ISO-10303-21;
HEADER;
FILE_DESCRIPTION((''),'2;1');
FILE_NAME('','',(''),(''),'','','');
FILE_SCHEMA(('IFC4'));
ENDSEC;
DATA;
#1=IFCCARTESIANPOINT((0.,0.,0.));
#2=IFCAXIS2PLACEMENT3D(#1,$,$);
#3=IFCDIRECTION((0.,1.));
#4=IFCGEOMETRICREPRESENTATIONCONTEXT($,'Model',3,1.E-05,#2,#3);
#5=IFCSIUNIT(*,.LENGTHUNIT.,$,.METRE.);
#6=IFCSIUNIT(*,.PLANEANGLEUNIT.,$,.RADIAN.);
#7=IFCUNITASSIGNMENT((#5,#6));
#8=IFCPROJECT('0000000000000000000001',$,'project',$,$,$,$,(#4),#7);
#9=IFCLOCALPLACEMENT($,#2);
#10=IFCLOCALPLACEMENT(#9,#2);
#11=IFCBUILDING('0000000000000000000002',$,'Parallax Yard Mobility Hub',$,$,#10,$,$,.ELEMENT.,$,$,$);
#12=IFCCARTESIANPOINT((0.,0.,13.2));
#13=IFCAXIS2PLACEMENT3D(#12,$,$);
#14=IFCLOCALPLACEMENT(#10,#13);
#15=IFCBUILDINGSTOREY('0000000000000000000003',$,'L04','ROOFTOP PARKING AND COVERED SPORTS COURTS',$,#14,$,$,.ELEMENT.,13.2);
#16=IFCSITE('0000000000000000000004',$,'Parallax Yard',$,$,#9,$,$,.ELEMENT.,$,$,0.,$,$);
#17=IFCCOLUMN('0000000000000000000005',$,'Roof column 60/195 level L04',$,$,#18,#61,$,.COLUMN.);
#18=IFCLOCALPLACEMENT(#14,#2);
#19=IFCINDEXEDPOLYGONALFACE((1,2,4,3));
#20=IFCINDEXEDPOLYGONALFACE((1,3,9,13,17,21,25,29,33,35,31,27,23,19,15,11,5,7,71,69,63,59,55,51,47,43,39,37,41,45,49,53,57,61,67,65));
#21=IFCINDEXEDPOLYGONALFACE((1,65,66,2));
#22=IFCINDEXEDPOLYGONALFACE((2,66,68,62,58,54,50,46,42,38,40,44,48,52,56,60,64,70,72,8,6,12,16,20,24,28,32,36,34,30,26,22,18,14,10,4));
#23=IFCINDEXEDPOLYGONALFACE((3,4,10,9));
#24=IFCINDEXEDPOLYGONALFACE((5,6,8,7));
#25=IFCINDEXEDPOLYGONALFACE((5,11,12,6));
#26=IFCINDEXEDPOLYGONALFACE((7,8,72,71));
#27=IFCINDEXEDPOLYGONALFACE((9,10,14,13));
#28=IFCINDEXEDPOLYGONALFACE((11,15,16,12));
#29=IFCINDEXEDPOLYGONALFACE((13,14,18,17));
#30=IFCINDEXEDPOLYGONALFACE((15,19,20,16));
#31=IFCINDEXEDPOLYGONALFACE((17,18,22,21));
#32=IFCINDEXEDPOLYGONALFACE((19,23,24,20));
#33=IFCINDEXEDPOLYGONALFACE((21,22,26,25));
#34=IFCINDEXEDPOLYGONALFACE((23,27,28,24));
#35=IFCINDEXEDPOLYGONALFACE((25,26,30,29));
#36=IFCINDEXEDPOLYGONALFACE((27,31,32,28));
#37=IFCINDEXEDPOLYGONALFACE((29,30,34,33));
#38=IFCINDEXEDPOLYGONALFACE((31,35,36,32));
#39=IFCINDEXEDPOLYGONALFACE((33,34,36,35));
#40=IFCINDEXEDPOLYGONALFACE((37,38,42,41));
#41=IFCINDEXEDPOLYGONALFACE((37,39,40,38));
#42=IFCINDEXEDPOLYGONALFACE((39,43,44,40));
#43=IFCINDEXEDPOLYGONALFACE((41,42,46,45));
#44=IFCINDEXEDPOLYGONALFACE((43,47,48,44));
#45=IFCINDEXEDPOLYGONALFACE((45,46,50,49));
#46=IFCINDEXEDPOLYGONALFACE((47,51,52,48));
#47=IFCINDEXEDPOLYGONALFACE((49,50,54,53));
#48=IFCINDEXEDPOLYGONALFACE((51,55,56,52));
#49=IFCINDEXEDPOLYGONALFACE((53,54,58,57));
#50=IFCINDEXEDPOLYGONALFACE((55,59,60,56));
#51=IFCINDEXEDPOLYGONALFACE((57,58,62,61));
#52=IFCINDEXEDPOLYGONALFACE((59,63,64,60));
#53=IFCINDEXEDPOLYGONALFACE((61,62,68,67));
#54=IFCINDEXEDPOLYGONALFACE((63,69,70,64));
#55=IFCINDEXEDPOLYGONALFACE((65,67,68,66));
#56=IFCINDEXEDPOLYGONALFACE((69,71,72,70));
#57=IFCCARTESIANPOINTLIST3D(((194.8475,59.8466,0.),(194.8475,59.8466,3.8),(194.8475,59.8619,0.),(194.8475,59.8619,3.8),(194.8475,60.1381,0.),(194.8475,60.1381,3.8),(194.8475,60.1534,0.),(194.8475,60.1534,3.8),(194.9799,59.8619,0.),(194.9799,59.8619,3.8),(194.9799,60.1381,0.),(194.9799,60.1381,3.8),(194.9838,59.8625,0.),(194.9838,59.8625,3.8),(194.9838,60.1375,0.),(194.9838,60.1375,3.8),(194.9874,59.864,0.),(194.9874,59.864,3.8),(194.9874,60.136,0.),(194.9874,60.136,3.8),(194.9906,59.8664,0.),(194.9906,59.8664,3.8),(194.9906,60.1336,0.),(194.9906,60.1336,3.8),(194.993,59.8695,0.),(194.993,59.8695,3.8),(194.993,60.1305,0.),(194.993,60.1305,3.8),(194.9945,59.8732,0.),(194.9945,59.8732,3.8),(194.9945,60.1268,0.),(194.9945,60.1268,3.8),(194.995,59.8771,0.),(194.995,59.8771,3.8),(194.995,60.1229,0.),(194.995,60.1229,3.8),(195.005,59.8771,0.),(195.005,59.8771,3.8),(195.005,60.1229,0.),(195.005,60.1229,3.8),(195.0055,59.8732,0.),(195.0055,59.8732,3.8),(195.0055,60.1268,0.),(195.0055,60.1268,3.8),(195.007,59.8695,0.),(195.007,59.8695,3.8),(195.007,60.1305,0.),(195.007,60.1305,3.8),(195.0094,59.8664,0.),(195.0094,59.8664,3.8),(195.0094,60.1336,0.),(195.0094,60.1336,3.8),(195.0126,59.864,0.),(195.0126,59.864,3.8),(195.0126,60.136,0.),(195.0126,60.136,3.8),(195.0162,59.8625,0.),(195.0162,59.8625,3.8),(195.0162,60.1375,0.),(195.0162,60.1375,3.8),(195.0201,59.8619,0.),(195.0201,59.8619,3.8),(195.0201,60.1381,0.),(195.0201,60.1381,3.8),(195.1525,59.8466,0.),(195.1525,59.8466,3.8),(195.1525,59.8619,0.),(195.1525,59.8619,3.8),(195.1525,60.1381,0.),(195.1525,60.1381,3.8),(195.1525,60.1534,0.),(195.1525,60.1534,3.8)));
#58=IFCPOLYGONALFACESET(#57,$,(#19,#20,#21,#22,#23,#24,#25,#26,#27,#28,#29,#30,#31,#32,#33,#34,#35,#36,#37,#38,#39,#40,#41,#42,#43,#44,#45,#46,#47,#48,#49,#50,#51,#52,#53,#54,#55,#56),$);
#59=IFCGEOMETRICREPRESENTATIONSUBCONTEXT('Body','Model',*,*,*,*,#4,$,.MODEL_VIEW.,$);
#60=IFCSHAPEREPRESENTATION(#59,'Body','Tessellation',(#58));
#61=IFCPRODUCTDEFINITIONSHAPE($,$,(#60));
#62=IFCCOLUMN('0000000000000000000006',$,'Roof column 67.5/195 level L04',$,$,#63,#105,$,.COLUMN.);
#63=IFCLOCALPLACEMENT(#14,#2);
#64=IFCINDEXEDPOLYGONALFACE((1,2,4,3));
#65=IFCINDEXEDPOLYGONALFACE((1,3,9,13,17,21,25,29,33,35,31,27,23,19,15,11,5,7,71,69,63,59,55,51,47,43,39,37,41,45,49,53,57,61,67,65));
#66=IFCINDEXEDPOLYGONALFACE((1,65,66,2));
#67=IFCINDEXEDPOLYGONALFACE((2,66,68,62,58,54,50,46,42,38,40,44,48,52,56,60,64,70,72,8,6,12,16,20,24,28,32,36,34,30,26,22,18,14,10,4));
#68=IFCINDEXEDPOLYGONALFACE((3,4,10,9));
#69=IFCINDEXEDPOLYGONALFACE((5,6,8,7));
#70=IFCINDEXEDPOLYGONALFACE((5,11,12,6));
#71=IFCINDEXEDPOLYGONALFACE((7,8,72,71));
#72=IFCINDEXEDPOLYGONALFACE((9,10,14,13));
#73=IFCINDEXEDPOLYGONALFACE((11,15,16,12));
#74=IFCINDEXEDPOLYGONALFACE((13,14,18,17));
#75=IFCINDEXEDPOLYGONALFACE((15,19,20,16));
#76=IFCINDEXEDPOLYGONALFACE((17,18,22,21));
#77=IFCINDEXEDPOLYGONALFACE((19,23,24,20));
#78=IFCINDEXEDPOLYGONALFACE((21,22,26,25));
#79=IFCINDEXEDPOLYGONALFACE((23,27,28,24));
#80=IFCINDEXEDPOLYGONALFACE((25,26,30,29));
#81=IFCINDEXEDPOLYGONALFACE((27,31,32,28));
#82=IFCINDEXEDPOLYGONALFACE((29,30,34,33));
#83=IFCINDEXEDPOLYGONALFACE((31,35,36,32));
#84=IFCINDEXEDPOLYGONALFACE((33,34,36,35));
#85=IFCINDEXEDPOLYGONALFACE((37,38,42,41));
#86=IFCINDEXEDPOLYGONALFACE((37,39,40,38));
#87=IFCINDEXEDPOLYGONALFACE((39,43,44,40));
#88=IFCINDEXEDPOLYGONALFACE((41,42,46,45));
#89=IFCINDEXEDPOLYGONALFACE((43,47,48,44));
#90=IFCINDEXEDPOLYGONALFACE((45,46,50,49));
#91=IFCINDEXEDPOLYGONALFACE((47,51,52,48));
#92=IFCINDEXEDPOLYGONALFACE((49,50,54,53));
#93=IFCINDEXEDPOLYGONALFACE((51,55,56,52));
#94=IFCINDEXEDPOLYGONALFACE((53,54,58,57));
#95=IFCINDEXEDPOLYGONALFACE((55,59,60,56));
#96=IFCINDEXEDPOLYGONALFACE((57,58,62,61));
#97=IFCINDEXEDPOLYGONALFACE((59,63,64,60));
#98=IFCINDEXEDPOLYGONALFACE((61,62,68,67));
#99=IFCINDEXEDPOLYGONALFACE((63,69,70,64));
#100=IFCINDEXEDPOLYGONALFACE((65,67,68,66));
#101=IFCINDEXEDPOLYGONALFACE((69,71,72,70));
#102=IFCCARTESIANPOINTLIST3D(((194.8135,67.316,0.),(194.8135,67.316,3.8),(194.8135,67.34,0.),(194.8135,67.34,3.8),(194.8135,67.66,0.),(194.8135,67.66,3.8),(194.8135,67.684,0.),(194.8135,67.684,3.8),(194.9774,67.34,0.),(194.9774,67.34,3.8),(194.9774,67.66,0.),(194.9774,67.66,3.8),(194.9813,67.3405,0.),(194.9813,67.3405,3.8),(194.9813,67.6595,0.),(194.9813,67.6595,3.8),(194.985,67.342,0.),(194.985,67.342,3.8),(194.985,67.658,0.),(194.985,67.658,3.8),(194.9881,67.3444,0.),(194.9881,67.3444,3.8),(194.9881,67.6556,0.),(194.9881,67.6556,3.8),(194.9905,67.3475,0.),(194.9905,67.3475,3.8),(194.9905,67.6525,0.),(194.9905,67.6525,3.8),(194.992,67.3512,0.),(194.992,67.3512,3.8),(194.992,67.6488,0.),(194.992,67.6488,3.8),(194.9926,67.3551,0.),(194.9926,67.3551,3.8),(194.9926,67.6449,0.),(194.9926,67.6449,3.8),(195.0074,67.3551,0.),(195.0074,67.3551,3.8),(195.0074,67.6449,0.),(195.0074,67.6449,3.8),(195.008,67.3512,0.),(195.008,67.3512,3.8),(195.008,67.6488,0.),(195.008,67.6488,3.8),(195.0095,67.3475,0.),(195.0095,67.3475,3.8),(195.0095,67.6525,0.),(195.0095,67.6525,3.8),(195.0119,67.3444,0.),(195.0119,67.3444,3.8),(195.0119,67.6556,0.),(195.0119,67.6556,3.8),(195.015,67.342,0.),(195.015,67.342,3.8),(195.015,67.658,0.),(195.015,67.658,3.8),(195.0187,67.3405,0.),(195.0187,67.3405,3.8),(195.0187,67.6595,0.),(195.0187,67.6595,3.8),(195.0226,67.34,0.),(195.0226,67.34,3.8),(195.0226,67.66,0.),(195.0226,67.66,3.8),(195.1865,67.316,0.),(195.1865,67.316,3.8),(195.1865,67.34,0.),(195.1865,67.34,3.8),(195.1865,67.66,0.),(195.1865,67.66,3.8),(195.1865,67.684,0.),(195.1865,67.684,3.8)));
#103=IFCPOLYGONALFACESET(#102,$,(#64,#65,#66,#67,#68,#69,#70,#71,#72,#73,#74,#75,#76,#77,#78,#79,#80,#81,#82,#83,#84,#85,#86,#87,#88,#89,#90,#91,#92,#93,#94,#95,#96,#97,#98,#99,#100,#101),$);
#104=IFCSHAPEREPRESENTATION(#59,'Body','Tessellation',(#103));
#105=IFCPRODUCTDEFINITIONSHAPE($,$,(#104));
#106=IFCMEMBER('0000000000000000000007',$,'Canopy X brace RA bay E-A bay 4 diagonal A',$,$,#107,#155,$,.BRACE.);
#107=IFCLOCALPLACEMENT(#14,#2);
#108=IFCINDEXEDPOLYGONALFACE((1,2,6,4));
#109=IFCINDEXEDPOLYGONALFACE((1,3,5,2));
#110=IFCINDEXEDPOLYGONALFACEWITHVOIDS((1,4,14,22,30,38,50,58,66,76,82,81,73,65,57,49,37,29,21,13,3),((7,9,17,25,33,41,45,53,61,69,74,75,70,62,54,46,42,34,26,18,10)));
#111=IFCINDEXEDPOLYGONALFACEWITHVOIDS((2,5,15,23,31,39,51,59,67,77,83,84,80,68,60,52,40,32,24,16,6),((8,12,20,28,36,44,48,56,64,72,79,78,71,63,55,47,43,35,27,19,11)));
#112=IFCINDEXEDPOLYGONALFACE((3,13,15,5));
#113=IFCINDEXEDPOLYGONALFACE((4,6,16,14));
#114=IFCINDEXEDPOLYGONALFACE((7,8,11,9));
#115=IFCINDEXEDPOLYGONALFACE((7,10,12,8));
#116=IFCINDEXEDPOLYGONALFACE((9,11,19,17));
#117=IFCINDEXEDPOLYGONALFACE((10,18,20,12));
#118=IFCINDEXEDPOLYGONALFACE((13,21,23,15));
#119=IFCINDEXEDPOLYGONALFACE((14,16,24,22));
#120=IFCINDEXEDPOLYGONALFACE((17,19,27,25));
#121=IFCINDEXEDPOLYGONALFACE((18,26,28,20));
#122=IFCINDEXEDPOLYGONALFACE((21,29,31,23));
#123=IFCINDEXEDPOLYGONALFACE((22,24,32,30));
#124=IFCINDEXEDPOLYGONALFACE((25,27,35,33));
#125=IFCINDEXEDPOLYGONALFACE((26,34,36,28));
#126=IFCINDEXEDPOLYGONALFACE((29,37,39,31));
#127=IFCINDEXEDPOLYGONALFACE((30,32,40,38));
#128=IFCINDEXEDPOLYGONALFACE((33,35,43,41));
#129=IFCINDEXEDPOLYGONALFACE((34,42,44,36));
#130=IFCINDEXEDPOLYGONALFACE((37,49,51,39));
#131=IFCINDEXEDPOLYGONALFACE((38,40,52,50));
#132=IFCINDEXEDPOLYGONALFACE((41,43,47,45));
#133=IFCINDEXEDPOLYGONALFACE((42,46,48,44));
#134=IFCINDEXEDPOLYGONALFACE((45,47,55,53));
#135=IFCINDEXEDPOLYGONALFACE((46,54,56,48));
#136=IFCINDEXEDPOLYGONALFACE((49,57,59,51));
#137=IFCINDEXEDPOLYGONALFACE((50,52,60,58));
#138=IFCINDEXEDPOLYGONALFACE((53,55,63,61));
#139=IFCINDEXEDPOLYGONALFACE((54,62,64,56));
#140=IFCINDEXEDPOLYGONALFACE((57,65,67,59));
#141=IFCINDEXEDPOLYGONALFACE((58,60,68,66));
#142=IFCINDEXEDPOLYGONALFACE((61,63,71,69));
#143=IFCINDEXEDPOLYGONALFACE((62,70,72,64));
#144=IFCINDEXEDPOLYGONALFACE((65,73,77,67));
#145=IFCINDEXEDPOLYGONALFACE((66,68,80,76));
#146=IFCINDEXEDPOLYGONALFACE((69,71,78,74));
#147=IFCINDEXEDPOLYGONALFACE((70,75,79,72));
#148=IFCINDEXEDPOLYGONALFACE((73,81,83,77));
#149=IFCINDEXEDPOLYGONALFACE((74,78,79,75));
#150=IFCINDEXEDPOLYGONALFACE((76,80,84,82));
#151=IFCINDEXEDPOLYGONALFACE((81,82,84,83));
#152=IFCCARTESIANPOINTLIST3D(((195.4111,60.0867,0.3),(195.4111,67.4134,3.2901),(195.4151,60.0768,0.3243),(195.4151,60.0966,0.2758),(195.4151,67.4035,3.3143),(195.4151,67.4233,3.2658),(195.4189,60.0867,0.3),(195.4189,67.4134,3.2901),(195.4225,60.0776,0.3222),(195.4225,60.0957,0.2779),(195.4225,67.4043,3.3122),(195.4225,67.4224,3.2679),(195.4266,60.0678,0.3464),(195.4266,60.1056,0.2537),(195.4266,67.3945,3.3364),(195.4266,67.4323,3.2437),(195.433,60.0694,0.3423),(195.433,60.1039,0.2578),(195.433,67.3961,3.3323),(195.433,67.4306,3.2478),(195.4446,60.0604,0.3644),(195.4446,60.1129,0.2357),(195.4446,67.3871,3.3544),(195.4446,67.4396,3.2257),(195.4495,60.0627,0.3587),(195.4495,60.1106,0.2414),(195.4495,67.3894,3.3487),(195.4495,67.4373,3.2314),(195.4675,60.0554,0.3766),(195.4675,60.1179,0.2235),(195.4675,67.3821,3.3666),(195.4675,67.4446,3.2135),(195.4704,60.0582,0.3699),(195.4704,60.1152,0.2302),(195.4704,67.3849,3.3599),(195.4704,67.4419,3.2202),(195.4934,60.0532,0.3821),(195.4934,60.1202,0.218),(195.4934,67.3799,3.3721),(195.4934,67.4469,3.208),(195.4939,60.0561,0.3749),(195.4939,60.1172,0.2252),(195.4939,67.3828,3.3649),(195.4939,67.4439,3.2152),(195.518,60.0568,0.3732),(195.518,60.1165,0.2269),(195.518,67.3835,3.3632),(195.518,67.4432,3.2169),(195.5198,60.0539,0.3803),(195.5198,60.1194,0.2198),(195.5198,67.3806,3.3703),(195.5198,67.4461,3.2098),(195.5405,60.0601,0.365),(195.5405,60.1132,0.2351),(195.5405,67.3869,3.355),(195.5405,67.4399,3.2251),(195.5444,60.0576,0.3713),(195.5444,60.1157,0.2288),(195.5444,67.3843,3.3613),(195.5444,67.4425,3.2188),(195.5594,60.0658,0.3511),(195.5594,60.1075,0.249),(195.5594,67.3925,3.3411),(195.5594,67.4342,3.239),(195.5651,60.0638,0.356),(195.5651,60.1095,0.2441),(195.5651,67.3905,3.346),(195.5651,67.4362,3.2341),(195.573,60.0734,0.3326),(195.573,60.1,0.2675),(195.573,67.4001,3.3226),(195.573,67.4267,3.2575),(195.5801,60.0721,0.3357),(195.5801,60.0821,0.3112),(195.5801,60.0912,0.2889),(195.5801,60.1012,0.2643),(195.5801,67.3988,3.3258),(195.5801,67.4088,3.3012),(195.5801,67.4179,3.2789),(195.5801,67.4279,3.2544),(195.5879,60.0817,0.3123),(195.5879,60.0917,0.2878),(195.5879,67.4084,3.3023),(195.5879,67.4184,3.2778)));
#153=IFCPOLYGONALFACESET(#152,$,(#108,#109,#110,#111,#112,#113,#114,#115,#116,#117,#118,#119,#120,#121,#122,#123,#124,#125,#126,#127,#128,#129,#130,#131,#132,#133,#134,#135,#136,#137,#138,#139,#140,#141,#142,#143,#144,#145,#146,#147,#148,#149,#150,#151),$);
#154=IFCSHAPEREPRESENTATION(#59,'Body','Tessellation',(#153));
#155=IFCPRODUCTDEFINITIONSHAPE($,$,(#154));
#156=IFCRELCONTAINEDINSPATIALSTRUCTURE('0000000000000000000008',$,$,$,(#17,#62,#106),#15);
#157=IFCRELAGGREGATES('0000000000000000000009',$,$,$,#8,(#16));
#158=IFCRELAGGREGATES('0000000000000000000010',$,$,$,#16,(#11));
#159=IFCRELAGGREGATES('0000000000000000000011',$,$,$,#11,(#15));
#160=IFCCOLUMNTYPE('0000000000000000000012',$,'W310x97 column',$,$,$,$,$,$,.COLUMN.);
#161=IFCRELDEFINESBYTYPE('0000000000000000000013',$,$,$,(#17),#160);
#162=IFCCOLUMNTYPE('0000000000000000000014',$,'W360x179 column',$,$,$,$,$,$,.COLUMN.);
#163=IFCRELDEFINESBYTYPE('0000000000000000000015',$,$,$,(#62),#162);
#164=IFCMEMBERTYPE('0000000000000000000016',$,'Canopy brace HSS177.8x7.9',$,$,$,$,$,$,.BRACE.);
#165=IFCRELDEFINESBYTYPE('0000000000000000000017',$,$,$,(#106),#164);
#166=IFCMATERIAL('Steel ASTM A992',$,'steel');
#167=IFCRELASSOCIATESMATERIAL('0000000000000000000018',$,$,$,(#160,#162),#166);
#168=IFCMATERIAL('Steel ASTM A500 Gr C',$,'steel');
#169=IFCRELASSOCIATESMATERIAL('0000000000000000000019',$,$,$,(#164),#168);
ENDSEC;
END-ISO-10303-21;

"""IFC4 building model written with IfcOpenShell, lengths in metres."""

from ifc_helpers import new_model, si_unit, direction, frame, origin, origin_2d, place, context, subcontext, project, spatial, hollow_circle, i_section, extrude, material, material_profile, profile_set, type_object, element, save


model = new_model("IFC4")

# Units and contexts
model_context = context("Model", 3, precision=1e-05, world=origin(), true_north=direction((0.0, 1.0)))
body_context = subcontext(model_context, "Body", "Model", "MODEL_VIEW")
ifc_project = project(units=[si_unit("LENGTHUNIT", "METRE"), si_unit("PLANEANGLEUNIT", "RADIAN")], contexts=[model_context])

# Site, building, storey
site_placement = place(None, origin())
site = spatial("IfcSite", under=ifc_project, at=site_placement, Name="Parallax Yard", CompositionType="ELEMENT", RefElevation=0.0)
building_placement = place(site_placement, origin())
building = spatial("IfcBuilding", under=site, at=building_placement, Name="Parallax Yard Mobility Hub", CompositionType="ELEMENT")
storey_placement = place(building_placement, frame((0.0, 0.0, 13.2)))
storey = spatial("IfcBuildingStorey", under=building, at=storey_placement, Name="L04", Description="ROOFTOP PARKING AND COVERED SPORTS COURTS", CompositionType="ELEMENT", Elevation=13.2)

# Columns
ifc_material_1 = material(Name="Steel ASTM A992", Category="steel")
ifc_material_profile_1 = material_profile(ifc_material_1, i_section(OverallWidth=0.3049, OverallDepth=0.3069, WebThickness=0.01, FlangeThickness=0.0154, FilletRadius=0.0151, at=origin_2d()), Name="W310x97")
ifc_profile_set_1 = profile_set([ifc_material_profile_1], Name="Steel ASTM A992")
column_type_1 = type_object("IfcColumnType", Name="W310x97 column", PredefinedType="COLUMN", material=ifc_profile_set_1)
column_1_placement = place(storey_placement, frame((195.0, 60.0, 0.0), z_axis=(0.0, 0.0, 1.0), x_axis=(1.0, 0.0, 0.0)))
element("IfcColumn", 1, at=column_1_placement, inside=storey, type_object=column_type_1, Name="Roof column 60/195 level L04", PredefinedType="COLUMN", context=body_context, shape_type="SweptSolid", body=[
    extrude(i_section(OverallWidth=0.3049, OverallDepth=0.3069, WebThickness=0.01, FlangeThickness=0.0154, FilletRadius=0.0151, at=origin_2d()), origin(), (0.0, 0.0, 1.0), 3.8),
])
ifc_material_profile_2 = material_profile(ifc_material_1, i_section(OverallWidth=0.373, OverallDepth=0.3679, WebThickness=0.0149, FlangeThickness=0.0239, FilletRadius=0.0151, at=origin_2d()), Name="W360x179")
ifc_profile_set_2 = profile_set([ifc_material_profile_2], Name="Steel ASTM A992")
column_type_2 = type_object("IfcColumnType", Name="W360x179 column", PredefinedType="COLUMN", material=ifc_profile_set_2)
column_2_placement = place(storey_placement, frame((195.0, 67.5, 0.0), z_axis=(0.0, 0.0, 1.0), x_axis=(1.0, 0.0, 0.0)))
element("IfcColumn", 2, at=column_2_placement, inside=storey, type_object=column_type_2, Name="Roof column 67.5/195 level L04", PredefinedType="COLUMN", context=body_context, shape_type="SweptSolid", body=[
    extrude(i_section(OverallWidth=0.373, OverallDepth=0.3679, WebThickness=0.0149, FlangeThickness=0.0239, FilletRadius=0.0151, at=origin_2d()), origin(), (0.0, 0.0, 1.0), 3.8),
])

# Member
ifc_material_2 = material(Name="Steel ASTM A500 Gr C", Category="steel")
ifc_material_profile_3 = material_profile(ifc_material_2, hollow_circle(Radius=0.0889, WallThickness=0.0078, at=origin_2d()), Name="HSS177.8x7.9")
ifc_profile_set_3 = profile_set([ifc_material_profile_3], Name="Steel ASTM A500 Gr C")
member_type_1 = type_object("IfcMemberType", Name="Canopy brace HSS177.8x7.9", PredefinedType="BRACE", material=ifc_profile_set_3)
member_1_placement = place(storey_placement, frame((195.5, 60.0867, 0.3), z_axis=(0.0, 0.925869, 0.377845), x_axis=(-1.0, 0.0, 0.0)))
element("IfcMember", 3, at=member_1_placement, inside=storey, type_object=member_type_1, Name="Canopy X brace RA bay E-A bay 4 diagonal A", PredefinedType="BRACE", context=body_context, shape_type="SweptSolid", body=[
    extrude(hollow_circle(Radius=0.0889, WallThickness=0.0078, at=origin_2d()), origin(), (0.0, 0.0, 1.0), 7.9133),
])

save(model, "model.ifc")
